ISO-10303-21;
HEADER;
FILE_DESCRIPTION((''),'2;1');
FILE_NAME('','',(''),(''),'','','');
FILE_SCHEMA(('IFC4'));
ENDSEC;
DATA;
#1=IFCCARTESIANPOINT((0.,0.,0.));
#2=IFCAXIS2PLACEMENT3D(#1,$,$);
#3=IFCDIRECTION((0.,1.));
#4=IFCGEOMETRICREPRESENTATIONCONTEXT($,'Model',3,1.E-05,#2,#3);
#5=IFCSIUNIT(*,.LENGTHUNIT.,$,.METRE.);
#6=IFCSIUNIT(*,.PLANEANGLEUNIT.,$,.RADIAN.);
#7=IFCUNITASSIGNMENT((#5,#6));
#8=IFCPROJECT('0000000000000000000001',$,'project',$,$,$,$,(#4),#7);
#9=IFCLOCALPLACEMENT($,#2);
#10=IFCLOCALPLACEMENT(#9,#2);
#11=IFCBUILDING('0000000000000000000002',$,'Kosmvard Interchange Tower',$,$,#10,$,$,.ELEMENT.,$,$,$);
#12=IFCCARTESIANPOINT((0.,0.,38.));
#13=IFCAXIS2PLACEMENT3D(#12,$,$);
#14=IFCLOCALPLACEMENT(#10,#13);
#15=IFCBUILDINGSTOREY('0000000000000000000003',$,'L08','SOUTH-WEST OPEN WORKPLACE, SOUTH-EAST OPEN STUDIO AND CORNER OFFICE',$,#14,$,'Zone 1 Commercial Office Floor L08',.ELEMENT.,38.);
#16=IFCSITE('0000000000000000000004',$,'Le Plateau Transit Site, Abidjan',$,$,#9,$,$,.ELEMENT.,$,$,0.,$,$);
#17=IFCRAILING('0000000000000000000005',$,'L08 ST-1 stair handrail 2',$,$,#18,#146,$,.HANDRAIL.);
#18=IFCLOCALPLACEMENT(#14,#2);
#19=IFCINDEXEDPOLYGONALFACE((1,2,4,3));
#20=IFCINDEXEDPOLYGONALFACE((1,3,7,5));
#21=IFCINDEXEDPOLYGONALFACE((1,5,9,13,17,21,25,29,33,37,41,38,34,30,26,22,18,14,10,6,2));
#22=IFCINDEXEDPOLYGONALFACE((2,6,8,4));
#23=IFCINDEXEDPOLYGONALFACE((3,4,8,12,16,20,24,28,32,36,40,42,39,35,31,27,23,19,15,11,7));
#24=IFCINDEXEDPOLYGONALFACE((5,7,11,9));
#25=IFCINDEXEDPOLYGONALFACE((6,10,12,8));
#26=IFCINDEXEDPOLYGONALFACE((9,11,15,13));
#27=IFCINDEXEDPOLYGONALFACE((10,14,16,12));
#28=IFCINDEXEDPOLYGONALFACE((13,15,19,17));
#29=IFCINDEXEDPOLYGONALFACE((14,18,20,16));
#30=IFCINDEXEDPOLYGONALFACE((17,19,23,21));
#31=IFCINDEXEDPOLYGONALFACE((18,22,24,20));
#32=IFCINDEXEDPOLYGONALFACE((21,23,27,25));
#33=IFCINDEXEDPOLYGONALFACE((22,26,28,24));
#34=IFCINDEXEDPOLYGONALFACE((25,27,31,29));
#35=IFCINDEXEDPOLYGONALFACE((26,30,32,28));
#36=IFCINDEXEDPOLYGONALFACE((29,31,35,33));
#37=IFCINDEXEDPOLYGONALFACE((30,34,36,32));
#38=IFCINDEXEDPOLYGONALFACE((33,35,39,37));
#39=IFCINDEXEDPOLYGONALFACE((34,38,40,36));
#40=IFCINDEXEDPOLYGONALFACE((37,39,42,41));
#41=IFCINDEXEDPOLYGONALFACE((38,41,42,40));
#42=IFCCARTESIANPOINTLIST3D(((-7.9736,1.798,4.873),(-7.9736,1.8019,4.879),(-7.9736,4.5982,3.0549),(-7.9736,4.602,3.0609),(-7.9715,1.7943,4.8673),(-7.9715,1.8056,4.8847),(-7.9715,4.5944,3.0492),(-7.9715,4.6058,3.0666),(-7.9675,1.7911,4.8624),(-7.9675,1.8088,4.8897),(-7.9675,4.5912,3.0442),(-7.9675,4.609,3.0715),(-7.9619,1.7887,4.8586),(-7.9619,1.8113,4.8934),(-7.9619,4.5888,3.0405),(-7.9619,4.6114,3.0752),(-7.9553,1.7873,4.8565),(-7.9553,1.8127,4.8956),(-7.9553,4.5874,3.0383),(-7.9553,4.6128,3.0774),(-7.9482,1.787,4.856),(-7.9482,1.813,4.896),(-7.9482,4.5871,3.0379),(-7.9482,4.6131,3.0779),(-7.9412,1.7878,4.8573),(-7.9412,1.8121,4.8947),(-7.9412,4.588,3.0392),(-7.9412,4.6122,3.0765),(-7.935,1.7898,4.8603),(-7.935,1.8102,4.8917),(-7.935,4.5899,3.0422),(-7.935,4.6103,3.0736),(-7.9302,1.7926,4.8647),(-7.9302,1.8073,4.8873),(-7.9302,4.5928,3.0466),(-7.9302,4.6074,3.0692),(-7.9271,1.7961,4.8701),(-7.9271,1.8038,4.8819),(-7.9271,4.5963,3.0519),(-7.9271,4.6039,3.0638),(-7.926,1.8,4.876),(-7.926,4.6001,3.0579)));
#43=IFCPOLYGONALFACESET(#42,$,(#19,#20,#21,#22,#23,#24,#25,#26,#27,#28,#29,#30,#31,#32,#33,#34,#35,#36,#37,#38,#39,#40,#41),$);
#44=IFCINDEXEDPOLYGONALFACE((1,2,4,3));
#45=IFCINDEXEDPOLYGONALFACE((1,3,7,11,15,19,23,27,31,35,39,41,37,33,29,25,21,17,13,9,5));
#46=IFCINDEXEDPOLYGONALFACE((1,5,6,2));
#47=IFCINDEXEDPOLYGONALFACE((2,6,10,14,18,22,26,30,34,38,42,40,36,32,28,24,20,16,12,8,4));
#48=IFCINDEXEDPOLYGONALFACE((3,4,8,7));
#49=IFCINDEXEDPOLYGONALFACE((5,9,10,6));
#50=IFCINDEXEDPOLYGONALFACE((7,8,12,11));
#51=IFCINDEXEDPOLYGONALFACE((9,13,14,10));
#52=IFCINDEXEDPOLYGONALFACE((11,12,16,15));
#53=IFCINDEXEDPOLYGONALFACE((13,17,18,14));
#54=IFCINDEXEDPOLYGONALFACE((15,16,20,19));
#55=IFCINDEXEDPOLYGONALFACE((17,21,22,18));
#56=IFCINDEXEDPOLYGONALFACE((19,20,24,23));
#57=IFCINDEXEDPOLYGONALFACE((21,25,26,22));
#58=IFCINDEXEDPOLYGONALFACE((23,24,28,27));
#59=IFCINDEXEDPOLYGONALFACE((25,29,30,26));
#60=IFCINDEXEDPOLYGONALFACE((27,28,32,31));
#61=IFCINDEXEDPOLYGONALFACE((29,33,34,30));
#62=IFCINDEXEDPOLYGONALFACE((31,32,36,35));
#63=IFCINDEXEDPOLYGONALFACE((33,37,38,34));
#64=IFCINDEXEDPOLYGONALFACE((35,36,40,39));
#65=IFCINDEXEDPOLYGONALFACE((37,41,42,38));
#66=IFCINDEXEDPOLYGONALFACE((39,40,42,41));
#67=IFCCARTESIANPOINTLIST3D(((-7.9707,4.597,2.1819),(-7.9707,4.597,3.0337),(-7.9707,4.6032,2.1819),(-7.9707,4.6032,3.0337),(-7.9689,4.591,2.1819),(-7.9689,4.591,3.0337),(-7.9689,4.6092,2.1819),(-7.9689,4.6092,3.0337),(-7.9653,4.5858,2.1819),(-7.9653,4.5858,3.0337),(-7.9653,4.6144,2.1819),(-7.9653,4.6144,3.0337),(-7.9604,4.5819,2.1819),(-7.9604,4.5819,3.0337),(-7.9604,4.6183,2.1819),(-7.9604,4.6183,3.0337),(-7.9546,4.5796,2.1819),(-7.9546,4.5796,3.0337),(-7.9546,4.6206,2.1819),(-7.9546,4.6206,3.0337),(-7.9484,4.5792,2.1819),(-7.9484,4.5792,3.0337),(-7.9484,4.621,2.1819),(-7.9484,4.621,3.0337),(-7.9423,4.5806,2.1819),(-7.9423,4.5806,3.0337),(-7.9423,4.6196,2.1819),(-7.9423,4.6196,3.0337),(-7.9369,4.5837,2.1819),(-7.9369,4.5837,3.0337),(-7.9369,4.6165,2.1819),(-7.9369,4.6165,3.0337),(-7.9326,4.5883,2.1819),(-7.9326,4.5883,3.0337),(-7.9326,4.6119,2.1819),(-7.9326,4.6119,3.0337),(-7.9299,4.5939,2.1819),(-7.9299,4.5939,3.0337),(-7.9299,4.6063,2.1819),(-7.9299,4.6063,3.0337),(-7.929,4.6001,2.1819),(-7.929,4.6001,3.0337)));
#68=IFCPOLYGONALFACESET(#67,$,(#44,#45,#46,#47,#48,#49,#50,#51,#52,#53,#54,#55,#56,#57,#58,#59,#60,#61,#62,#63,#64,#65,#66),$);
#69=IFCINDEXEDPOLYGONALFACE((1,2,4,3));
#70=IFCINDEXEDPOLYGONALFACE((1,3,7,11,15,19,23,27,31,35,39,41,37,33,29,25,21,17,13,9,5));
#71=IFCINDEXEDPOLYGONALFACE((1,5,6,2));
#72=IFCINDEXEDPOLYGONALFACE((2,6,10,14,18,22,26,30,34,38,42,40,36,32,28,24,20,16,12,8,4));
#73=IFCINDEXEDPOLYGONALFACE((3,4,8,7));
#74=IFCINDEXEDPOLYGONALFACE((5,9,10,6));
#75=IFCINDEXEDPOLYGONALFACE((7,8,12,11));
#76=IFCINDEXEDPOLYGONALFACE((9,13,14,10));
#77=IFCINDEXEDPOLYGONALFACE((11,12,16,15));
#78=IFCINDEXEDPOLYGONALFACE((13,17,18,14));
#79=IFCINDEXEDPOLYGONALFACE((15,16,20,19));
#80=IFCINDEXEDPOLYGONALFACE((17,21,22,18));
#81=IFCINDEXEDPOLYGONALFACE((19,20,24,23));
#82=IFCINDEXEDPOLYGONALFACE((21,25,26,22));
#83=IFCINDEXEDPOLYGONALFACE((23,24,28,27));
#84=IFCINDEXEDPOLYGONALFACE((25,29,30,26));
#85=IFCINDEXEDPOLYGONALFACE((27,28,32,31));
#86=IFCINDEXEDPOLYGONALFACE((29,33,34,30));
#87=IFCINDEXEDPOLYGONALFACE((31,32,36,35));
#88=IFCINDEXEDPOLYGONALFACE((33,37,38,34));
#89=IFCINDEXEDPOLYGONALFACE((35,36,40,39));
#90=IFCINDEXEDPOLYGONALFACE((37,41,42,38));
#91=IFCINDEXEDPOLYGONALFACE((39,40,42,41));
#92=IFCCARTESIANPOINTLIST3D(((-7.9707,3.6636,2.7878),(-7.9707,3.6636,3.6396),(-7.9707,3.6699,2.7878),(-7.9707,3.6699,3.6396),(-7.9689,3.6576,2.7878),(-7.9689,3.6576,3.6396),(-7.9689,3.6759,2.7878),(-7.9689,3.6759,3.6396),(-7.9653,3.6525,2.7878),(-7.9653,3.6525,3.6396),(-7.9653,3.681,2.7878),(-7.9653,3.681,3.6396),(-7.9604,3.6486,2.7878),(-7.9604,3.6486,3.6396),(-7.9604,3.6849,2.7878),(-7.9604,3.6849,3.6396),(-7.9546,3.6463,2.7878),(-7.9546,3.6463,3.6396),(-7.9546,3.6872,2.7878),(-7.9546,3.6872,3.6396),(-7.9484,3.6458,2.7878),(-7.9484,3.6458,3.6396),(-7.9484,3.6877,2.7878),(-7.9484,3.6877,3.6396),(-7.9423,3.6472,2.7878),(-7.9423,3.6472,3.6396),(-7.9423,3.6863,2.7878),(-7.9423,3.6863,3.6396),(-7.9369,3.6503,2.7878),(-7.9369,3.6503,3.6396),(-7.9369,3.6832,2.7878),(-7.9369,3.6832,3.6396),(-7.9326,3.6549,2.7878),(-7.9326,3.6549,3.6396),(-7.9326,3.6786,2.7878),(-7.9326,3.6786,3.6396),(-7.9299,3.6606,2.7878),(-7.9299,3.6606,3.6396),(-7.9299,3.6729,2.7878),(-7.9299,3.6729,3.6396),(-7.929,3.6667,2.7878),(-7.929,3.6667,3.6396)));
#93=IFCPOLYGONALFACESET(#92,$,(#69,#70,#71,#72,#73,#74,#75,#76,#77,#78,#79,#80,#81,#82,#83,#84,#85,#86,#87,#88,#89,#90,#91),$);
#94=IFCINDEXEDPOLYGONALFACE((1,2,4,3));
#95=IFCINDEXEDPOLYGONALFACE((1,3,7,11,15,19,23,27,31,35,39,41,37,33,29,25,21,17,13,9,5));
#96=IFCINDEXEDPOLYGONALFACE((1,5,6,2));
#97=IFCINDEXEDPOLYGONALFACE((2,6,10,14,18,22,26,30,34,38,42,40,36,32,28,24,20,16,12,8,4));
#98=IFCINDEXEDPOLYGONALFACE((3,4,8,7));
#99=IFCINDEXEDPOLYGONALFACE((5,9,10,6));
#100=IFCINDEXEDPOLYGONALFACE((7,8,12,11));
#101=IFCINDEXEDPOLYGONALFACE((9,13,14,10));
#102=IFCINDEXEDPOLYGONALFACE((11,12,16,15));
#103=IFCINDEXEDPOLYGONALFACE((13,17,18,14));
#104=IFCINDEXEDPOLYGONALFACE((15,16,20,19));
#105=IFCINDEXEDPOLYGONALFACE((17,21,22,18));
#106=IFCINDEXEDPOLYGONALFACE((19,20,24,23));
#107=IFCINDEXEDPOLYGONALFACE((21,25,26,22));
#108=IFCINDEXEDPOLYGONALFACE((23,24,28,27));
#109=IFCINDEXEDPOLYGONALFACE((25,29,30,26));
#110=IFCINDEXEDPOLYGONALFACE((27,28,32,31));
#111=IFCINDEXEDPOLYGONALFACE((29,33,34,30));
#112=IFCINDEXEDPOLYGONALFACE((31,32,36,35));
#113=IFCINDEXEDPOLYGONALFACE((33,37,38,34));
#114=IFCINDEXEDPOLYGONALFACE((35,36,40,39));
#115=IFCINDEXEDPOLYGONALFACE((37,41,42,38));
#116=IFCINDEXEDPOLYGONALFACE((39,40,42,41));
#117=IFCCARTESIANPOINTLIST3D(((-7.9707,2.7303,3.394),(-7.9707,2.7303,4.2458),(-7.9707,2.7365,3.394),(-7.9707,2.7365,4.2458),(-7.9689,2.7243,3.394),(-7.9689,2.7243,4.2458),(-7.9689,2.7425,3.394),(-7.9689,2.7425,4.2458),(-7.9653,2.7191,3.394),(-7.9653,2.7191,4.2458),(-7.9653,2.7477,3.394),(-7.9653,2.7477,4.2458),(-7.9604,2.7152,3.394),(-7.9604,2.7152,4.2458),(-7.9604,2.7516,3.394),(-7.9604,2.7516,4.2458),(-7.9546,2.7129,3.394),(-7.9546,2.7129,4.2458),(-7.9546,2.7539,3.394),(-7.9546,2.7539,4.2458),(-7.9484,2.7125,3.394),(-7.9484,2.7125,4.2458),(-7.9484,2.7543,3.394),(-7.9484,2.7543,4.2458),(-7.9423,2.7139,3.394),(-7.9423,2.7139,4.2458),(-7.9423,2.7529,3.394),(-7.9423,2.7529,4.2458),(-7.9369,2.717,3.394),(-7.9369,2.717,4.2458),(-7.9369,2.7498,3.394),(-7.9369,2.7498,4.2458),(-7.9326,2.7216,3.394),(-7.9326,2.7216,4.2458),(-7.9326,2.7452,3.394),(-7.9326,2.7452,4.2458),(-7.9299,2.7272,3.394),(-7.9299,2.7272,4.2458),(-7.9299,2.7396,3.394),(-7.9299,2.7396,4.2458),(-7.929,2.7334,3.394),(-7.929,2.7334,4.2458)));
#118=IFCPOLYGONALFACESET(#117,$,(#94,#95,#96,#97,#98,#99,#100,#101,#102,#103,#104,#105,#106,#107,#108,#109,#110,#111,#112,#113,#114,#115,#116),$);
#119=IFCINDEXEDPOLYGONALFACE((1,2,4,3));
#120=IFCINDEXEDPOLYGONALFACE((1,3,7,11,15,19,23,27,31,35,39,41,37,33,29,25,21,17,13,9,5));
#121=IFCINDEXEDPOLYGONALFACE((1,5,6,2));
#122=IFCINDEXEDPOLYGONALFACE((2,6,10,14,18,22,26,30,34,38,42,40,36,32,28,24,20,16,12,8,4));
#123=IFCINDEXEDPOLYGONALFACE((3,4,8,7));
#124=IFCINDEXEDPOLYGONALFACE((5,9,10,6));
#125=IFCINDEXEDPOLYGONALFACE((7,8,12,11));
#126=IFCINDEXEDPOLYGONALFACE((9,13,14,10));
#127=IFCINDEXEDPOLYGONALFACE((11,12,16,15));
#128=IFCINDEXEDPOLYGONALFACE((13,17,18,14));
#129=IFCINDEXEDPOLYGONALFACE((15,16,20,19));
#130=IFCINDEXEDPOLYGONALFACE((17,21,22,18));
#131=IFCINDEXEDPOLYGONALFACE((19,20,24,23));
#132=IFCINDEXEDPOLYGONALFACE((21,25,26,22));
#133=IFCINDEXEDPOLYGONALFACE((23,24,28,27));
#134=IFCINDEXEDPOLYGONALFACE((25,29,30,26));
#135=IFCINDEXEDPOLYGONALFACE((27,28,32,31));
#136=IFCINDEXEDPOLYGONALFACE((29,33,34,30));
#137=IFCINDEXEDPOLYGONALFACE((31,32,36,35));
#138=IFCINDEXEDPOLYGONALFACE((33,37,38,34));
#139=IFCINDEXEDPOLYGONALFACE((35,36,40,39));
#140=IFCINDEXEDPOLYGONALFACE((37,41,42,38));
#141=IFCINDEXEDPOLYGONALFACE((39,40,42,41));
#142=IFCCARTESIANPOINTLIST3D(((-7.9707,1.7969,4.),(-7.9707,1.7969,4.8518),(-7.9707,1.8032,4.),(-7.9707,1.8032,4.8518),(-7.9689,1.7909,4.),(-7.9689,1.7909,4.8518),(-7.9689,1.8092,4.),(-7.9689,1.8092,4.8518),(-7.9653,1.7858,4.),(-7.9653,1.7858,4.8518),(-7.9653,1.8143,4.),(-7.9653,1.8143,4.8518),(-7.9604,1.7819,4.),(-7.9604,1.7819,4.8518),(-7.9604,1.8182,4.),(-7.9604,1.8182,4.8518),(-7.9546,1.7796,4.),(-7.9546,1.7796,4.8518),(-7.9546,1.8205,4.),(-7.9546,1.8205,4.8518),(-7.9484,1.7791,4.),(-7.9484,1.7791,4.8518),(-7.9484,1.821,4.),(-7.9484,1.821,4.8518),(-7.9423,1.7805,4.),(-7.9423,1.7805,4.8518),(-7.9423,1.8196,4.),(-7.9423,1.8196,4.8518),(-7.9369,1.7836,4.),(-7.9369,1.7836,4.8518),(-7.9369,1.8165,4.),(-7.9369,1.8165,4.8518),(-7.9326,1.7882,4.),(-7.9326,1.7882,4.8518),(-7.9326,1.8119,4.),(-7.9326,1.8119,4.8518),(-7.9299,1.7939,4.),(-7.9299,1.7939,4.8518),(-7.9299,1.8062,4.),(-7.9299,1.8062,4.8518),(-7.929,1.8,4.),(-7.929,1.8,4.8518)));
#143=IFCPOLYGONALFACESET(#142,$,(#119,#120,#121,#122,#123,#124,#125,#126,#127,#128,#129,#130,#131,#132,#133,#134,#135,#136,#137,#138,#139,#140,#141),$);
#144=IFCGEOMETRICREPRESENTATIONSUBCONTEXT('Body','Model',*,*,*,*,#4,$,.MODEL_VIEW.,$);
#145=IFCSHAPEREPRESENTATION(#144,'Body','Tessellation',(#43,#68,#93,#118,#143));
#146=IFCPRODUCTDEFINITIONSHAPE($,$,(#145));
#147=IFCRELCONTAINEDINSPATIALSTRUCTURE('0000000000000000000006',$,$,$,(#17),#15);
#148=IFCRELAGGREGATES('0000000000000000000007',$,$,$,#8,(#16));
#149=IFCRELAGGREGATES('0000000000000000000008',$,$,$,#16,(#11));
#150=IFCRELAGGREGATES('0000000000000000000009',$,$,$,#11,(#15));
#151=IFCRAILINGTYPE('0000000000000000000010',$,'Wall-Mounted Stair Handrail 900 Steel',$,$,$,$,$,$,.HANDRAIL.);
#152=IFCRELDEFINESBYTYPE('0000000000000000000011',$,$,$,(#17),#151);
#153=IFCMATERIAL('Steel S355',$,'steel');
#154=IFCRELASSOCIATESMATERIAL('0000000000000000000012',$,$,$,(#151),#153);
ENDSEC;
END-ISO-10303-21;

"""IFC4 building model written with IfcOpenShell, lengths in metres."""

from ifc_helpers import new_model, si_unit, direction, frame, origin, origin_2d, place, context, subcontext, project, spatial, circle, extrude, source, transform, mapped, material, type_object, element, save


model = new_model("IFC4")

# Units and contexts
model_context = context("Model", 3, precision=1e-05, world=origin(), true_north=direction((0.0, 1.0)))
body_context = subcontext(model_context, "Body", "Model", "MODEL_VIEW")
ifc_project = project(units=[si_unit("LENGTHUNIT", "METRE"), si_unit("PLANEANGLEUNIT", "RADIAN")], contexts=[model_context])

# Site, building, storey
site_placement = place(None, origin())
site = spatial("IfcSite", under=ifc_project, at=site_placement, Name="Le Plateau Transit Site, Abidjan", CompositionType="ELEMENT", RefElevation=0.0)
building_placement = place(site_placement, origin())
building = spatial("IfcBuilding", under=site, at=building_placement, Name="Kosmvard Interchange Tower", CompositionType="ELEMENT")
storey_placement = place(building_placement, frame((0.0, 0.0, 38.0)))
storey = spatial("IfcBuildingStorey", under=building, at=storey_placement, Name="L08", Description="SOUTH-WEST OPEN WORKPLACE, SOUTH-EAST OPEN STUDIO AND CORNER OFFICE", LongName="Zone 1 Commercial Office Floor L08", CompositionType="ELEMENT", Elevation=38.0)

# Railing
ifc_material_1 = material(Name="Steel S355", Category="steel")
railing_type_1 = type_object("IfcRailingType", Name="Wall-Mounted Stair Handrail 900 Steel", PredefinedType="HANDRAIL", material=ifc_material_1)
shared_shape_1 = source(origin(), body_context, "Body", "SweptSolid", [
    extrude(circle(Radius=0.0239, at=origin_2d()), frame((0.0, 0.0, 0.876), z_axis=(0.0, -0.838706, 0.544585), x_axis=(1.0, 0.0, 0.0)), (0.0, 0.0, 1.0), 3.3386),
    extrude(circle(Radius=0.021, at=origin_2d()), origin(), (0.0, 0.0, 1.0), 0.8518),
    extrude(circle(Radius=0.021, at=origin_2d()), frame((0.0, -0.9333, 0.606)), (0.0, 0.0, 1.0), 0.8518),
    extrude(circle(Radius=0.021, at=origin_2d()), frame((0.0, -1.8667, 1.2122)), (0.0, 0.0, 1.0), 0.8518),
    extrude(circle(Radius=0.021, at=origin_2d()), frame((0.0, -2.8, 1.8181)), (0.0, 0.0, 1.0), 0.8518),
])
railing_1_placement = place(storey_placement, frame((-7.95, 4.6001, 2.1819)))
element("IfcRailing", 1, at=railing_1_placement, inside=storey, type_object=railing_type_1, Name="L08 ST-1 stair handrail 2", PredefinedType="HANDRAIL", context=body_context, shape_type="MappedRepresentation", body=[
    mapped(shared_shape_1, transform((0.0, 0.0, 0.0), scale=1.0)),
])

save(model, "model.ifc")
